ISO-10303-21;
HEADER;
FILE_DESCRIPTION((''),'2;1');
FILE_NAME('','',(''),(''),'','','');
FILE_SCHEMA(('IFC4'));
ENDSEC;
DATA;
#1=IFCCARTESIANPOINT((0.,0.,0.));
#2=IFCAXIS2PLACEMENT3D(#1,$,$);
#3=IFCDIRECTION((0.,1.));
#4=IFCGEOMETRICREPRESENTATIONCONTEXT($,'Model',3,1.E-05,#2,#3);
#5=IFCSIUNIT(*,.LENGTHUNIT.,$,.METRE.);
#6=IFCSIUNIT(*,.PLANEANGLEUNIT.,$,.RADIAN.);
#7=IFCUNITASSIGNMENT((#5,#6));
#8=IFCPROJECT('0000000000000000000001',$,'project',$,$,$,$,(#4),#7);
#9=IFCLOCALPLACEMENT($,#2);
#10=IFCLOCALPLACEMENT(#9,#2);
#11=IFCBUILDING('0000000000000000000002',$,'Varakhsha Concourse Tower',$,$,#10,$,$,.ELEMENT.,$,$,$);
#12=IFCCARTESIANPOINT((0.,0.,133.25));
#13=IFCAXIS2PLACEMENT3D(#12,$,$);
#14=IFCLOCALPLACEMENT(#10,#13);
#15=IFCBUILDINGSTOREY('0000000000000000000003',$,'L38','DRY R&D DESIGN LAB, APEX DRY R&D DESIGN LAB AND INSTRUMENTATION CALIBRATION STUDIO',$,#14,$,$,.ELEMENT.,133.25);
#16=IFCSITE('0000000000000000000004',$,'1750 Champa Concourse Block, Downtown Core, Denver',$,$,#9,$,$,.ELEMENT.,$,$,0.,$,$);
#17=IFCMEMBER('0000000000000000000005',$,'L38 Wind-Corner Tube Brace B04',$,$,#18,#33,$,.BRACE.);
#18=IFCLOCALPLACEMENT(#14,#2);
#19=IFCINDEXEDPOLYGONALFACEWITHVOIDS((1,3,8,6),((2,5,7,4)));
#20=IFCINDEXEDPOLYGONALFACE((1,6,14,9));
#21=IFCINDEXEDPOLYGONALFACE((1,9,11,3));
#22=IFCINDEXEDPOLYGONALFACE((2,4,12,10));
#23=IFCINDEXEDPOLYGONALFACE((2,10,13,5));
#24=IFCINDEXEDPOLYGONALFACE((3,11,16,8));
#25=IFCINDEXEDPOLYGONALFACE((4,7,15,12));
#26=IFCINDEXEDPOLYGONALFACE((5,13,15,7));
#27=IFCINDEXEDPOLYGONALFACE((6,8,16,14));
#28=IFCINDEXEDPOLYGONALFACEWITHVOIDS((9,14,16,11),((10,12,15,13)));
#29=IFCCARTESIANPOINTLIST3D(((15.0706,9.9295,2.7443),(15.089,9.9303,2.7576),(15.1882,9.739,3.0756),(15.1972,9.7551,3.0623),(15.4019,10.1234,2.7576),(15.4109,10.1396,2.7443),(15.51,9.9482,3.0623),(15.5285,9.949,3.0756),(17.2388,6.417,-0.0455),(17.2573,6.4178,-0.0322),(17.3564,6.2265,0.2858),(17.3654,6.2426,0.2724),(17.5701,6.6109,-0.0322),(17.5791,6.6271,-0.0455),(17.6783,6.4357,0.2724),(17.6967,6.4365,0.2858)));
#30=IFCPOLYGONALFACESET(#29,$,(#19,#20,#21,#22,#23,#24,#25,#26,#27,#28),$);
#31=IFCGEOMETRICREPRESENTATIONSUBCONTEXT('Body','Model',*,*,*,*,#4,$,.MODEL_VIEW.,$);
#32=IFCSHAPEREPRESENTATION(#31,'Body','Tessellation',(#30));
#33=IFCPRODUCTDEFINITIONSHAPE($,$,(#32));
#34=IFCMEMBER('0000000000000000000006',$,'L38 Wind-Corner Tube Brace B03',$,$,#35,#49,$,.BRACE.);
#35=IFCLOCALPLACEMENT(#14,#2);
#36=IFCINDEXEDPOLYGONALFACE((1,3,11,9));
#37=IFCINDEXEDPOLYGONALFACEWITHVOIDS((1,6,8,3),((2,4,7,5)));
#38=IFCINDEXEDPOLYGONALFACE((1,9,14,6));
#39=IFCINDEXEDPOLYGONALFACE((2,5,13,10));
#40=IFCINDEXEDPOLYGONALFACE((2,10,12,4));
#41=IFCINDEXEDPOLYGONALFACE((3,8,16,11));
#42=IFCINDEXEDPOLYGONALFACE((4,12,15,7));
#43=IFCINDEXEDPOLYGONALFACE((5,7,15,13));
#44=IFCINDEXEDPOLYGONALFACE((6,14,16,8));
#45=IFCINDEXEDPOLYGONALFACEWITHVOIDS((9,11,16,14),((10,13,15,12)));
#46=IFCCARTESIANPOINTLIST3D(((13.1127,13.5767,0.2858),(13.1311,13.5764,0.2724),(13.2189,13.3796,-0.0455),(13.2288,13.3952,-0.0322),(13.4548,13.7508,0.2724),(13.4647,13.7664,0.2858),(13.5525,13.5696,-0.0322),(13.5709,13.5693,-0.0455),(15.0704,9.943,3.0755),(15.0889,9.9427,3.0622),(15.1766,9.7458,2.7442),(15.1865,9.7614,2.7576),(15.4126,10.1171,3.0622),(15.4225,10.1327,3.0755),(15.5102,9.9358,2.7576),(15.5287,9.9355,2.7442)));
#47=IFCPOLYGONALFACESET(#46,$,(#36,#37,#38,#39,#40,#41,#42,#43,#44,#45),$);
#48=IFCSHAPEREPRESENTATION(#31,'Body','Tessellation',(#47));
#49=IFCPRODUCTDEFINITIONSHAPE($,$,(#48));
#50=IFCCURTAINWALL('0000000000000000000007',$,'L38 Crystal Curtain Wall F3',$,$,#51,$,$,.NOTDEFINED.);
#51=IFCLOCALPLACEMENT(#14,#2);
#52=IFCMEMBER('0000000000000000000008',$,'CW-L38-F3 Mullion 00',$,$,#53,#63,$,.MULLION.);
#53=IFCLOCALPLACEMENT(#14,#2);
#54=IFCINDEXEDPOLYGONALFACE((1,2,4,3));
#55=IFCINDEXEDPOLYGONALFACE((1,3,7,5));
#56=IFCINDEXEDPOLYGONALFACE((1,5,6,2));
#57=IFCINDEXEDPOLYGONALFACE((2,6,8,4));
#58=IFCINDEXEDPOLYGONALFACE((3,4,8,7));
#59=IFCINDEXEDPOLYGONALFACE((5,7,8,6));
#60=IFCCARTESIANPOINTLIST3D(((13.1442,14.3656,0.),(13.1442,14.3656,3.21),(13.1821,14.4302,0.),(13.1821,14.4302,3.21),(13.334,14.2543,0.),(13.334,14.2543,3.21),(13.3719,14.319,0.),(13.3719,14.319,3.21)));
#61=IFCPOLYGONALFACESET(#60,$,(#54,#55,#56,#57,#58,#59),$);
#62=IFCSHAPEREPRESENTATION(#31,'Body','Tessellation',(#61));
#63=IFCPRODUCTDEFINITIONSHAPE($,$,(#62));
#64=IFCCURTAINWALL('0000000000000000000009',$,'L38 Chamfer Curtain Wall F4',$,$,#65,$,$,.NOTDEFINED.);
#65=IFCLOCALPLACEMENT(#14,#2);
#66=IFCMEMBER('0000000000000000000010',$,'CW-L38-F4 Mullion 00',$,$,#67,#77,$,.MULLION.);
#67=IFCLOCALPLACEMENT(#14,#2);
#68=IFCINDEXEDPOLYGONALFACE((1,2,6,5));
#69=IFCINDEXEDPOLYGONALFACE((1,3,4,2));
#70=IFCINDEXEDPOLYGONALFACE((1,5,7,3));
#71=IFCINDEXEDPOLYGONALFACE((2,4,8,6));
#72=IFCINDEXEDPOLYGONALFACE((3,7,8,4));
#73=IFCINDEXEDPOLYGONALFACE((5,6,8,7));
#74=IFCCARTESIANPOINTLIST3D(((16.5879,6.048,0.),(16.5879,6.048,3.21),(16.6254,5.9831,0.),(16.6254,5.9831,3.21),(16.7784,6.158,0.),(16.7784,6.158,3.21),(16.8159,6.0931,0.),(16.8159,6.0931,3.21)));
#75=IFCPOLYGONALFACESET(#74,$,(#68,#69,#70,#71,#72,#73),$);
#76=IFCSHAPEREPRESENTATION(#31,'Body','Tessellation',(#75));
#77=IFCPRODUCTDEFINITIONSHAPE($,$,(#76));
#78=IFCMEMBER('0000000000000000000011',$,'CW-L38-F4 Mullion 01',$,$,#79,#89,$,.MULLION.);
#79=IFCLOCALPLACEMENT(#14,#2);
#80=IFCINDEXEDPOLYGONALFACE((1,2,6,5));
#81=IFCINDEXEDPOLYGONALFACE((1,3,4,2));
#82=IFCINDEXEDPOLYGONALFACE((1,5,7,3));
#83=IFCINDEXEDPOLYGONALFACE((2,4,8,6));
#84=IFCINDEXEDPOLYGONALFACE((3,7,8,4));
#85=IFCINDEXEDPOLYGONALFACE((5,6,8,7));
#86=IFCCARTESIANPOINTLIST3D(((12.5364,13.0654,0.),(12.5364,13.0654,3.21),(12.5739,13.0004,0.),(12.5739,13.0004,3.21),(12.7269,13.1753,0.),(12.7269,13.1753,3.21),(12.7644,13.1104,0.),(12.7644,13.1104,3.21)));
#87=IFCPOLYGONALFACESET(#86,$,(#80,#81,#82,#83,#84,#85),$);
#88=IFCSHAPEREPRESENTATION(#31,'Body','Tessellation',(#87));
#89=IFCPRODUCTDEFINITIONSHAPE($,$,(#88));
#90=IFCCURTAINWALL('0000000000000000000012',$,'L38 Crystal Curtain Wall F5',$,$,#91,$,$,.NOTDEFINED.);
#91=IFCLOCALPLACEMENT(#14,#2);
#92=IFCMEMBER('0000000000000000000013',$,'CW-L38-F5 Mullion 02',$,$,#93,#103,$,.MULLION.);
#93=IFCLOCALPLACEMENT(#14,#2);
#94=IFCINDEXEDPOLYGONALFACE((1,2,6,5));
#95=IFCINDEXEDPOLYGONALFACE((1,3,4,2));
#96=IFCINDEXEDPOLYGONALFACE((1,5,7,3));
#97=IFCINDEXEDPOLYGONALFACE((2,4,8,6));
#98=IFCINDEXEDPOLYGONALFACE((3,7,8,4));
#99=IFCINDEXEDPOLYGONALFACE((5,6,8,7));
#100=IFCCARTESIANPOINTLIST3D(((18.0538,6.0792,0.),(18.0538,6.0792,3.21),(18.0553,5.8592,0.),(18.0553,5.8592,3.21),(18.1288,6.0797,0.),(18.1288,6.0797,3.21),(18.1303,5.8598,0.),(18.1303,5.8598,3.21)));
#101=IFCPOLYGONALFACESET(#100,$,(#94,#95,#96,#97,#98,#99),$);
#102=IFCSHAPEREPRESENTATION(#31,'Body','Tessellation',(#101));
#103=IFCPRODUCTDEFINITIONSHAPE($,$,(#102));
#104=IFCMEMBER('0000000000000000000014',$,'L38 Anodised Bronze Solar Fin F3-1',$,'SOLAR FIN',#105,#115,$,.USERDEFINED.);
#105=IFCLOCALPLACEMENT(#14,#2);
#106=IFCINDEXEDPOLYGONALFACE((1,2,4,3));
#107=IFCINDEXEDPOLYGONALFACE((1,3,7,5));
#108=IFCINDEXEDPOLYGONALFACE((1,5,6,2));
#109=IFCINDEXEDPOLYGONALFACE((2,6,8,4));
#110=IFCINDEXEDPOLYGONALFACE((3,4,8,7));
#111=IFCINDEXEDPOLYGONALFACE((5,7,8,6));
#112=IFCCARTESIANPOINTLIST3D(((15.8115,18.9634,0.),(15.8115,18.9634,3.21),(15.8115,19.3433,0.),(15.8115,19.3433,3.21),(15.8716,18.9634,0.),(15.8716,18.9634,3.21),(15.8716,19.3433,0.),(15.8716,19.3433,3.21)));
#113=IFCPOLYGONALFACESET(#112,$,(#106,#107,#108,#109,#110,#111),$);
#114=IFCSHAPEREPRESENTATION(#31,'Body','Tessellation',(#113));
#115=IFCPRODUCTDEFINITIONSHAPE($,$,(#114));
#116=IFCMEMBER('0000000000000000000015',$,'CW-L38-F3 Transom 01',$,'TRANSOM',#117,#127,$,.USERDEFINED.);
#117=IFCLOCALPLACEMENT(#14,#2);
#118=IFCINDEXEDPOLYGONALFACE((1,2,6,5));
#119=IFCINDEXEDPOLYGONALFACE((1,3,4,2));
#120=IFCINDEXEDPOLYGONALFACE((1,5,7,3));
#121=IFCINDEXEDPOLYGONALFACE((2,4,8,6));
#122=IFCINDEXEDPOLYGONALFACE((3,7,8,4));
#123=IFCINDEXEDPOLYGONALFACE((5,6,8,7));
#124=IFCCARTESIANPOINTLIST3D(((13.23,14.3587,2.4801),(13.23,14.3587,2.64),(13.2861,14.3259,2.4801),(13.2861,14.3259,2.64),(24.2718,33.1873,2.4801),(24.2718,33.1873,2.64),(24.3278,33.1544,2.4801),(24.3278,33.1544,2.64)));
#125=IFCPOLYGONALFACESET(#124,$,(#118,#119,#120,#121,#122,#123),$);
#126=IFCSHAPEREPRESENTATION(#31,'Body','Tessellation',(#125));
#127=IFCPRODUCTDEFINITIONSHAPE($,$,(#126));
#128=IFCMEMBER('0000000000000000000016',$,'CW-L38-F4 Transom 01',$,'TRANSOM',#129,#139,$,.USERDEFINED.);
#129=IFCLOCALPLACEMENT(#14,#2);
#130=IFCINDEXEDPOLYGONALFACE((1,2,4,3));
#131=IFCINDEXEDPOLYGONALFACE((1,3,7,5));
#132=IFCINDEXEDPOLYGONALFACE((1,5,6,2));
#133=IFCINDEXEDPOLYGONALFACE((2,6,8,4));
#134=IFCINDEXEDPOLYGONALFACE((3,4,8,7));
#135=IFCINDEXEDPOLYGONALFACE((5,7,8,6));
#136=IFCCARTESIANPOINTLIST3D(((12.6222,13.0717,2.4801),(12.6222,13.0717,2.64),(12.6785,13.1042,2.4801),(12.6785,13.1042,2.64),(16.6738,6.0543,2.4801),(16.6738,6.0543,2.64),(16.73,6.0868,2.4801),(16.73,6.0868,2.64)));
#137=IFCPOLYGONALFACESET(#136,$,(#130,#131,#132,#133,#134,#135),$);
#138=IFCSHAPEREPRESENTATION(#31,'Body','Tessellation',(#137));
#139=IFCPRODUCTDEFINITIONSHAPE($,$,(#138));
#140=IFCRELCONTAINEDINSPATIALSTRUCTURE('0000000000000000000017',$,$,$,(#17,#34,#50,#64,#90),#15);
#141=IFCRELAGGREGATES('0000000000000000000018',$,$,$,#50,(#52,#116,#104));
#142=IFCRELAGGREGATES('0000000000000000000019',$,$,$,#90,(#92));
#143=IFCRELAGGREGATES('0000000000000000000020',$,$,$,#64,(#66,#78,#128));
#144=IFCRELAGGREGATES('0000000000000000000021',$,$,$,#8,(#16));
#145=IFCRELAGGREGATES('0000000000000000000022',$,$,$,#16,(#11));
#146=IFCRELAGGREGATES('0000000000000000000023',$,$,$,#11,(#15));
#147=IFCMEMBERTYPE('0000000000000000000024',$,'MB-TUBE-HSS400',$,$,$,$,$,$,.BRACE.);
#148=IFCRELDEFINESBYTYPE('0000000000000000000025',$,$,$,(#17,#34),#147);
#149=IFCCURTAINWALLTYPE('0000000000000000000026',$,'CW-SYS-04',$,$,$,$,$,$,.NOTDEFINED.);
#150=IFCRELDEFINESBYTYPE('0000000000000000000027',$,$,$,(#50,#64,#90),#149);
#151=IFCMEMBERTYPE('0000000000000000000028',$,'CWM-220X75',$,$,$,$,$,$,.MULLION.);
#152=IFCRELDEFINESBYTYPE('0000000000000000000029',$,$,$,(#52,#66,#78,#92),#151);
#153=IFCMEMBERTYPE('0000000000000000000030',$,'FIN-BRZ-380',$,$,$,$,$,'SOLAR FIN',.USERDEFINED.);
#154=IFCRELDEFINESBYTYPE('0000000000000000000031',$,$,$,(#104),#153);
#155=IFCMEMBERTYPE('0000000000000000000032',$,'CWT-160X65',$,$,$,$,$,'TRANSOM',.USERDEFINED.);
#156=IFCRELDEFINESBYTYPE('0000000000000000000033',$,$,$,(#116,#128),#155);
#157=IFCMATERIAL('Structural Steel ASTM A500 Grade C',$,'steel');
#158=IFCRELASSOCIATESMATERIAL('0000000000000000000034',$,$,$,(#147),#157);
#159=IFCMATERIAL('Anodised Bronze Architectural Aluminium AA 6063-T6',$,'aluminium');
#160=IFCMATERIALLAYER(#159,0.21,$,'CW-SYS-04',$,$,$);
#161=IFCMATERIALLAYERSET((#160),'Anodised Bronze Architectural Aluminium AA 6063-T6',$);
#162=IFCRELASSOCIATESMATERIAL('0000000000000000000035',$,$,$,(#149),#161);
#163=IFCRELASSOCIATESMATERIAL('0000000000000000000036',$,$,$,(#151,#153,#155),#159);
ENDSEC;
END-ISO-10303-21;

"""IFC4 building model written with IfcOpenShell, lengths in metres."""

from ifc_helpers import new_model, si_unit, direction, frame, origin, origin_2d, place, context, subcontext, project, spatial, rectangle, hollow_rectangle, extrude, source, transform, mapped, material, layer, layer_set, material_profile, profile_set, type_object, type_shapes, element, aggregate, save


model = new_model("IFC4")

# Units and contexts
model_context = context("Model", 3, precision=1e-05, world=origin(), true_north=direction((0.0, 1.0)))
body_context = subcontext(model_context, "Body", "Model", "MODEL_VIEW")
ifc_project = project(units=[si_unit("LENGTHUNIT", "METRE"), si_unit("PLANEANGLEUNIT", "RADIAN")], contexts=[model_context])

# Site, building, storey
site_placement = place(None, origin())
site = spatial("IfcSite", under=ifc_project, at=site_placement, Name="1750 Champa Concourse Block, Downtown Core, Denver", CompositionType="ELEMENT", RefElevation=0.0)
building_placement = place(site_placement, origin())
building = spatial("IfcBuilding", under=site, at=building_placement, Name="Varakhsha Concourse Tower", CompositionType="ELEMENT")
storey_placement = place(building_placement, frame((0.0, 0.0, 133.25)))
storey = spatial("IfcBuildingStorey", under=building, at=storey_placement, Name="L38", Description="DRY R&D DESIGN LAB, APEX DRY R&D DESIGN LAB AND INSTRUMENTATION CALIBRATION STUDIO", CompositionType="ELEMENT", Elevation=133.25)

# Members
ifc_material_1 = material(Name="Structural Steel ASTM A500 Grade C", Category="steel")
ifc_material_profile_1 = material_profile(ifc_material_1, hollow_rectangle(XDim=0.3999, YDim=0.3999, WallThickness=0.0161, at=origin_2d()), Name="HSS 400x400x16")
ifc_profile_set_1 = profile_set([ifc_material_profile_1], Name="Structural Steel ASTM A500 Grade C")
member_type_1 = type_object("IfcMemberType", Name="MB-TUBE-HSS400", PredefinedType="BRACE", material=ifc_profile_set_1)
shared_shape_1 = source(origin(), body_context, "Body", "SweptSolid", [
    extrude(hollow_rectangle(XDim=0.3999, YDim=0.3999, WallThickness=0.0161, at=origin_2d()), origin(), (0.0, 0.0, 1.0), 4.9822),
])
member_1_placement = place(storey_placement, frame((17.4678, 6.4268, 0.1201), z_axis=(-0.4352, 0.705013, 0.559963), x_axis=(-0.850933, -0.525275, 0.0)))
element("IfcMember", 1, at=member_1_placement, inside=storey, type_object=member_type_1, Name="L38 Wind-Corner Tube Brace B04", PredefinedType="BRACE", context=body_context, shape_type="MappedRepresentation", body=[
    mapped(shared_shape_1, transform((0.0, 0.0, 0.0), scale=1.0)),
])
shared_shape_2 = source(origin(), body_context, "Body", "SweptSolid", [
    extrude(hollow_rectangle(XDim=0.3999, YDim=0.3999, WallThickness=0.0161, at=origin_2d()), origin(), (0.0, 0.0, 1.0), 4.9819),
])
type_shapes(member_type_1, [shared_shape_1, shared_shape_2])
member_2_placement = place(storey_placement, frame((13.3418, 13.573, 0.1201), z_axis=(0.392968, -0.729385, 0.559976), x_axis=(0.880359, 0.474308, 0.0)))
element("IfcMember", 2, at=member_2_placement, inside=storey, type_object=member_type_1, Name="L38 Wind-Corner Tube Brace B03", PredefinedType="BRACE", context=body_context, shape_type="MappedRepresentation", body=[
    mapped(shared_shape_2, transform((0.0, 0.0, 0.0), scale=1.0)),
])

# Curtain wall, member
ifc_material_2 = material(Name="Anodised Bronze Architectural Aluminium AA 6063-T6", Category="aluminium")
ifc_layer_1 = layer(ifc_material_2, 0.21, Name="CW-SYS-04")
ifc_layer_set_1 = layer_set([ifc_layer_1], Name="Anodised Bronze Architectural Aluminium AA 6063-T6")
curtain_wall_type = type_object("IfcCurtainWallType", Name="CW-SYS-04", PredefinedType="NOTDEFINED", material=ifc_layer_set_1)
curtain_wall_1_placement = place(storey_placement, origin())
curtain_wall_1 = element("IfcCurtainWall", 3, at=curtain_wall_1_placement, inside=storey, type_object=curtain_wall_type, Name="L38 Crystal Curtain Wall F3", PredefinedType="NOTDEFINED")
ifc_material_profile_2 = material_profile(ifc_material_2, rectangle(XDim=0.075, YDim=0.22, at=origin_2d()), Name="CWM-220X75")
ifc_profile_set_2 = profile_set([ifc_material_profile_2], Name="Anodised Bronze Architectural Aluminium AA 6063-T6")
member_type_2 = type_object("IfcMemberType", Name="CWM-220X75", PredefinedType="MULLION", material=ifc_profile_set_2)
shared_shape_3 = source(origin(), body_context, "Body", "SweptSolid", [
    extrude(rectangle(XDim=0.075, YDim=0.22, at=origin_2d()), origin(), (0.0, 0.0, 1.0), 3.21),
])
type_shapes(member_type_2, [shared_shape_3])
member_3_placement = place(storey_placement, frame((13.2581, 14.3423, 0.0), z_axis=(0.0, 0.0, 1.0), x_axis=(0.505862, 0.862614, 0.0)))
member_3 = element("IfcMember", 4, at=member_3_placement, type_object=member_type_2, Name="CW-L38-F3 Mullion 00", PredefinedType="MULLION", context=body_context, shape_type="MappedRepresentation", body=[
    mapped(shared_shape_3, transform((0.0, 0.0, 0.0), scale=1.0)),
])

# Curtain wall, members
curtain_wall_2_placement = place(storey_placement, origin())
curtain_wall_2 = element("IfcCurtainWall", 5, at=curtain_wall_2_placement, inside=storey, type_object=curtain_wall_type, Name="L38 Chamfer Curtain Wall F4", PredefinedType="NOTDEFINED")
member_4_placement = place(storey_placement, frame((16.7019, 6.0706, 0.0), z_axis=(0.0, 0.0, 1.0), x_axis=(-0.5, 0.866025, 0.0)))
member_4 = element("IfcMember", 6, at=member_4_placement, type_object=member_type_2, Name="CW-L38-F4 Mullion 00", PredefinedType="MULLION", context=body_context, shape_type="MappedRepresentation", body=[
    mapped(shared_shape_3, transform((0.0, 0.0, 0.0), scale=1.0)),
])
member_5_placement = place(storey_placement, frame((12.6504, 13.0879, 0.0), z_axis=(0.0, 0.0, 1.0), x_axis=(-0.5, 0.866025, 0.0)))
member_5 = element("IfcMember", 7, at=member_5_placement, type_object=member_type_2, Name="CW-L38-F4 Mullion 01", PredefinedType="MULLION", context=body_context, shape_type="MappedRepresentation", body=[
    mapped(shared_shape_3, transform((0.0, 0.0, 0.0), scale=1.0)),
])

# Curtain wall, member
curtain_wall_3_placement = place(storey_placement, origin())
curtain_wall_3 = element("IfcCurtainWall", 8, at=curtain_wall_3_placement, inside=storey, type_object=curtain_wall_type, Name="L38 Crystal Curtain Wall F5", PredefinedType="NOTDEFINED")
member_6_placement = place(storey_placement, frame((18.092, 5.9695, 0.0), z_axis=(0.0, 0.0, 1.0), x_axis=(-0.999977, -0.006786, 0.0)))
member_6 = element("IfcMember", 9, at=member_6_placement, type_object=member_type_2, Name="CW-L38-F5 Mullion 02", PredefinedType="MULLION", context=body_context, shape_type="MappedRepresentation", body=[
    mapped(shared_shape_3, transform((0.0, 0.0, 0.0), scale=1.0)),
])

# Members
ifc_material_profile_3 = material_profile(ifc_material_2, rectangle(XDim=0.0601, YDim=0.3799, at=origin_2d()), Name="FIN-BRZ-380")
ifc_profile_set_3 = profile_set([ifc_material_profile_3], Name="Anodised Bronze Architectural Aluminium AA 6063-T6")
member_type_3 = type_object("IfcMemberType", Name="FIN-BRZ-380", ElementType="SOLAR FIN", PredefinedType="USERDEFINED", material=ifc_profile_set_3)
shared_shape_4 = source(origin(), body_context, "Body", "SweptSolid", [
    extrude(rectangle(XDim=0.0601, YDim=0.3799, at=origin_2d()), origin(), (0.0, 0.0, 1.0), 3.21),
])
type_shapes(member_type_3, [shared_shape_4])
member_7_placement = place(storey_placement, frame((15.8416, 19.1533, 0.0), z_axis=(0.0, 0.0, 1.0), x_axis=(1.0, 0.0, 0.0)))
member_7 = element("IfcMember", 10, at=member_7_placement, type_object=member_type_3, Name="L38 Anodised Bronze Solar Fin F3-1", ObjectType="SOLAR FIN", PredefinedType="USERDEFINED", context=body_context, shape_type="MappedRepresentation", body=[
    mapped(shared_shape_4, transform((0.0, 0.0, 0.0), scale=1.0)),
])
ifc_material_profile_4 = material_profile(ifc_material_2, rectangle(XDim=0.0649, YDim=0.1599, at=origin_2d()), Name="CWT-160X65")
ifc_profile_set_4 = profile_set([ifc_material_profile_4], Name="Anodised Bronze Architectural Aluminium AA 6063-T6")
member_type_4 = type_object("IfcMemberType", Name="CWT-160X65", ElementType="TRANSOM", PredefinedType="USERDEFINED", material=ifc_profile_set_4)
shared_shape_5 = source(origin(), body_context, "Body", "SweptSolid", [
    extrude(rectangle(XDim=0.0649, YDim=0.1599, at=origin_2d()), origin(), (0.0, 0.0, 1.0), 21.8274),
])
member_8_placement = place(storey_placement, frame((13.2581, 14.3423, 2.5601), z_axis=(0.505866, 0.862612, 0.0), x_axis=(-0.862612, 0.505866, 0.0)))
member_8 = element("IfcMember", 11, at=member_8_placement, type_object=member_type_4, Name="CW-L38-F3 Transom 01", ObjectType="TRANSOM", PredefinedType="USERDEFINED", context=body_context, shape_type="MappedRepresentation", body=[
    mapped(shared_shape_5, transform((0.0, 0.0, 0.0), scale=1.0)),
])
shared_shape_6 = source(origin(), body_context, "Body", "SweptSolid", [
    extrude(rectangle(XDim=0.0649, YDim=0.1599, at=origin_2d()), origin(), (0.0, 0.0, 1.0), 8.103),
])
type_shapes(member_type_4, [shared_shape_5, shared_shape_6])
member_9_placement = place(storey_placement, frame((16.7019, 6.0706, 2.5601), z_axis=(-0.500005, 0.866023, 0.0), x_axis=(-0.866023, -0.500005, 0.0)))
member_9 = element("IfcMember", 12, at=member_9_placement, type_object=member_type_4, Name="CW-L38-F4 Transom 01", ObjectType="TRANSOM", PredefinedType="USERDEFINED", context=body_context, shape_type="MappedRepresentation", body=[
    mapped(shared_shape_6, transform((0.0, 0.0, 0.0), scale=1.0)),
])

aggregate(curtain_wall_1, [member_3, member_8, member_7])
aggregate(curtain_wall_3, [member_6])
aggregate(curtain_wall_2, [member_4, member_5, member_9])

save(model, "model.ifc")
